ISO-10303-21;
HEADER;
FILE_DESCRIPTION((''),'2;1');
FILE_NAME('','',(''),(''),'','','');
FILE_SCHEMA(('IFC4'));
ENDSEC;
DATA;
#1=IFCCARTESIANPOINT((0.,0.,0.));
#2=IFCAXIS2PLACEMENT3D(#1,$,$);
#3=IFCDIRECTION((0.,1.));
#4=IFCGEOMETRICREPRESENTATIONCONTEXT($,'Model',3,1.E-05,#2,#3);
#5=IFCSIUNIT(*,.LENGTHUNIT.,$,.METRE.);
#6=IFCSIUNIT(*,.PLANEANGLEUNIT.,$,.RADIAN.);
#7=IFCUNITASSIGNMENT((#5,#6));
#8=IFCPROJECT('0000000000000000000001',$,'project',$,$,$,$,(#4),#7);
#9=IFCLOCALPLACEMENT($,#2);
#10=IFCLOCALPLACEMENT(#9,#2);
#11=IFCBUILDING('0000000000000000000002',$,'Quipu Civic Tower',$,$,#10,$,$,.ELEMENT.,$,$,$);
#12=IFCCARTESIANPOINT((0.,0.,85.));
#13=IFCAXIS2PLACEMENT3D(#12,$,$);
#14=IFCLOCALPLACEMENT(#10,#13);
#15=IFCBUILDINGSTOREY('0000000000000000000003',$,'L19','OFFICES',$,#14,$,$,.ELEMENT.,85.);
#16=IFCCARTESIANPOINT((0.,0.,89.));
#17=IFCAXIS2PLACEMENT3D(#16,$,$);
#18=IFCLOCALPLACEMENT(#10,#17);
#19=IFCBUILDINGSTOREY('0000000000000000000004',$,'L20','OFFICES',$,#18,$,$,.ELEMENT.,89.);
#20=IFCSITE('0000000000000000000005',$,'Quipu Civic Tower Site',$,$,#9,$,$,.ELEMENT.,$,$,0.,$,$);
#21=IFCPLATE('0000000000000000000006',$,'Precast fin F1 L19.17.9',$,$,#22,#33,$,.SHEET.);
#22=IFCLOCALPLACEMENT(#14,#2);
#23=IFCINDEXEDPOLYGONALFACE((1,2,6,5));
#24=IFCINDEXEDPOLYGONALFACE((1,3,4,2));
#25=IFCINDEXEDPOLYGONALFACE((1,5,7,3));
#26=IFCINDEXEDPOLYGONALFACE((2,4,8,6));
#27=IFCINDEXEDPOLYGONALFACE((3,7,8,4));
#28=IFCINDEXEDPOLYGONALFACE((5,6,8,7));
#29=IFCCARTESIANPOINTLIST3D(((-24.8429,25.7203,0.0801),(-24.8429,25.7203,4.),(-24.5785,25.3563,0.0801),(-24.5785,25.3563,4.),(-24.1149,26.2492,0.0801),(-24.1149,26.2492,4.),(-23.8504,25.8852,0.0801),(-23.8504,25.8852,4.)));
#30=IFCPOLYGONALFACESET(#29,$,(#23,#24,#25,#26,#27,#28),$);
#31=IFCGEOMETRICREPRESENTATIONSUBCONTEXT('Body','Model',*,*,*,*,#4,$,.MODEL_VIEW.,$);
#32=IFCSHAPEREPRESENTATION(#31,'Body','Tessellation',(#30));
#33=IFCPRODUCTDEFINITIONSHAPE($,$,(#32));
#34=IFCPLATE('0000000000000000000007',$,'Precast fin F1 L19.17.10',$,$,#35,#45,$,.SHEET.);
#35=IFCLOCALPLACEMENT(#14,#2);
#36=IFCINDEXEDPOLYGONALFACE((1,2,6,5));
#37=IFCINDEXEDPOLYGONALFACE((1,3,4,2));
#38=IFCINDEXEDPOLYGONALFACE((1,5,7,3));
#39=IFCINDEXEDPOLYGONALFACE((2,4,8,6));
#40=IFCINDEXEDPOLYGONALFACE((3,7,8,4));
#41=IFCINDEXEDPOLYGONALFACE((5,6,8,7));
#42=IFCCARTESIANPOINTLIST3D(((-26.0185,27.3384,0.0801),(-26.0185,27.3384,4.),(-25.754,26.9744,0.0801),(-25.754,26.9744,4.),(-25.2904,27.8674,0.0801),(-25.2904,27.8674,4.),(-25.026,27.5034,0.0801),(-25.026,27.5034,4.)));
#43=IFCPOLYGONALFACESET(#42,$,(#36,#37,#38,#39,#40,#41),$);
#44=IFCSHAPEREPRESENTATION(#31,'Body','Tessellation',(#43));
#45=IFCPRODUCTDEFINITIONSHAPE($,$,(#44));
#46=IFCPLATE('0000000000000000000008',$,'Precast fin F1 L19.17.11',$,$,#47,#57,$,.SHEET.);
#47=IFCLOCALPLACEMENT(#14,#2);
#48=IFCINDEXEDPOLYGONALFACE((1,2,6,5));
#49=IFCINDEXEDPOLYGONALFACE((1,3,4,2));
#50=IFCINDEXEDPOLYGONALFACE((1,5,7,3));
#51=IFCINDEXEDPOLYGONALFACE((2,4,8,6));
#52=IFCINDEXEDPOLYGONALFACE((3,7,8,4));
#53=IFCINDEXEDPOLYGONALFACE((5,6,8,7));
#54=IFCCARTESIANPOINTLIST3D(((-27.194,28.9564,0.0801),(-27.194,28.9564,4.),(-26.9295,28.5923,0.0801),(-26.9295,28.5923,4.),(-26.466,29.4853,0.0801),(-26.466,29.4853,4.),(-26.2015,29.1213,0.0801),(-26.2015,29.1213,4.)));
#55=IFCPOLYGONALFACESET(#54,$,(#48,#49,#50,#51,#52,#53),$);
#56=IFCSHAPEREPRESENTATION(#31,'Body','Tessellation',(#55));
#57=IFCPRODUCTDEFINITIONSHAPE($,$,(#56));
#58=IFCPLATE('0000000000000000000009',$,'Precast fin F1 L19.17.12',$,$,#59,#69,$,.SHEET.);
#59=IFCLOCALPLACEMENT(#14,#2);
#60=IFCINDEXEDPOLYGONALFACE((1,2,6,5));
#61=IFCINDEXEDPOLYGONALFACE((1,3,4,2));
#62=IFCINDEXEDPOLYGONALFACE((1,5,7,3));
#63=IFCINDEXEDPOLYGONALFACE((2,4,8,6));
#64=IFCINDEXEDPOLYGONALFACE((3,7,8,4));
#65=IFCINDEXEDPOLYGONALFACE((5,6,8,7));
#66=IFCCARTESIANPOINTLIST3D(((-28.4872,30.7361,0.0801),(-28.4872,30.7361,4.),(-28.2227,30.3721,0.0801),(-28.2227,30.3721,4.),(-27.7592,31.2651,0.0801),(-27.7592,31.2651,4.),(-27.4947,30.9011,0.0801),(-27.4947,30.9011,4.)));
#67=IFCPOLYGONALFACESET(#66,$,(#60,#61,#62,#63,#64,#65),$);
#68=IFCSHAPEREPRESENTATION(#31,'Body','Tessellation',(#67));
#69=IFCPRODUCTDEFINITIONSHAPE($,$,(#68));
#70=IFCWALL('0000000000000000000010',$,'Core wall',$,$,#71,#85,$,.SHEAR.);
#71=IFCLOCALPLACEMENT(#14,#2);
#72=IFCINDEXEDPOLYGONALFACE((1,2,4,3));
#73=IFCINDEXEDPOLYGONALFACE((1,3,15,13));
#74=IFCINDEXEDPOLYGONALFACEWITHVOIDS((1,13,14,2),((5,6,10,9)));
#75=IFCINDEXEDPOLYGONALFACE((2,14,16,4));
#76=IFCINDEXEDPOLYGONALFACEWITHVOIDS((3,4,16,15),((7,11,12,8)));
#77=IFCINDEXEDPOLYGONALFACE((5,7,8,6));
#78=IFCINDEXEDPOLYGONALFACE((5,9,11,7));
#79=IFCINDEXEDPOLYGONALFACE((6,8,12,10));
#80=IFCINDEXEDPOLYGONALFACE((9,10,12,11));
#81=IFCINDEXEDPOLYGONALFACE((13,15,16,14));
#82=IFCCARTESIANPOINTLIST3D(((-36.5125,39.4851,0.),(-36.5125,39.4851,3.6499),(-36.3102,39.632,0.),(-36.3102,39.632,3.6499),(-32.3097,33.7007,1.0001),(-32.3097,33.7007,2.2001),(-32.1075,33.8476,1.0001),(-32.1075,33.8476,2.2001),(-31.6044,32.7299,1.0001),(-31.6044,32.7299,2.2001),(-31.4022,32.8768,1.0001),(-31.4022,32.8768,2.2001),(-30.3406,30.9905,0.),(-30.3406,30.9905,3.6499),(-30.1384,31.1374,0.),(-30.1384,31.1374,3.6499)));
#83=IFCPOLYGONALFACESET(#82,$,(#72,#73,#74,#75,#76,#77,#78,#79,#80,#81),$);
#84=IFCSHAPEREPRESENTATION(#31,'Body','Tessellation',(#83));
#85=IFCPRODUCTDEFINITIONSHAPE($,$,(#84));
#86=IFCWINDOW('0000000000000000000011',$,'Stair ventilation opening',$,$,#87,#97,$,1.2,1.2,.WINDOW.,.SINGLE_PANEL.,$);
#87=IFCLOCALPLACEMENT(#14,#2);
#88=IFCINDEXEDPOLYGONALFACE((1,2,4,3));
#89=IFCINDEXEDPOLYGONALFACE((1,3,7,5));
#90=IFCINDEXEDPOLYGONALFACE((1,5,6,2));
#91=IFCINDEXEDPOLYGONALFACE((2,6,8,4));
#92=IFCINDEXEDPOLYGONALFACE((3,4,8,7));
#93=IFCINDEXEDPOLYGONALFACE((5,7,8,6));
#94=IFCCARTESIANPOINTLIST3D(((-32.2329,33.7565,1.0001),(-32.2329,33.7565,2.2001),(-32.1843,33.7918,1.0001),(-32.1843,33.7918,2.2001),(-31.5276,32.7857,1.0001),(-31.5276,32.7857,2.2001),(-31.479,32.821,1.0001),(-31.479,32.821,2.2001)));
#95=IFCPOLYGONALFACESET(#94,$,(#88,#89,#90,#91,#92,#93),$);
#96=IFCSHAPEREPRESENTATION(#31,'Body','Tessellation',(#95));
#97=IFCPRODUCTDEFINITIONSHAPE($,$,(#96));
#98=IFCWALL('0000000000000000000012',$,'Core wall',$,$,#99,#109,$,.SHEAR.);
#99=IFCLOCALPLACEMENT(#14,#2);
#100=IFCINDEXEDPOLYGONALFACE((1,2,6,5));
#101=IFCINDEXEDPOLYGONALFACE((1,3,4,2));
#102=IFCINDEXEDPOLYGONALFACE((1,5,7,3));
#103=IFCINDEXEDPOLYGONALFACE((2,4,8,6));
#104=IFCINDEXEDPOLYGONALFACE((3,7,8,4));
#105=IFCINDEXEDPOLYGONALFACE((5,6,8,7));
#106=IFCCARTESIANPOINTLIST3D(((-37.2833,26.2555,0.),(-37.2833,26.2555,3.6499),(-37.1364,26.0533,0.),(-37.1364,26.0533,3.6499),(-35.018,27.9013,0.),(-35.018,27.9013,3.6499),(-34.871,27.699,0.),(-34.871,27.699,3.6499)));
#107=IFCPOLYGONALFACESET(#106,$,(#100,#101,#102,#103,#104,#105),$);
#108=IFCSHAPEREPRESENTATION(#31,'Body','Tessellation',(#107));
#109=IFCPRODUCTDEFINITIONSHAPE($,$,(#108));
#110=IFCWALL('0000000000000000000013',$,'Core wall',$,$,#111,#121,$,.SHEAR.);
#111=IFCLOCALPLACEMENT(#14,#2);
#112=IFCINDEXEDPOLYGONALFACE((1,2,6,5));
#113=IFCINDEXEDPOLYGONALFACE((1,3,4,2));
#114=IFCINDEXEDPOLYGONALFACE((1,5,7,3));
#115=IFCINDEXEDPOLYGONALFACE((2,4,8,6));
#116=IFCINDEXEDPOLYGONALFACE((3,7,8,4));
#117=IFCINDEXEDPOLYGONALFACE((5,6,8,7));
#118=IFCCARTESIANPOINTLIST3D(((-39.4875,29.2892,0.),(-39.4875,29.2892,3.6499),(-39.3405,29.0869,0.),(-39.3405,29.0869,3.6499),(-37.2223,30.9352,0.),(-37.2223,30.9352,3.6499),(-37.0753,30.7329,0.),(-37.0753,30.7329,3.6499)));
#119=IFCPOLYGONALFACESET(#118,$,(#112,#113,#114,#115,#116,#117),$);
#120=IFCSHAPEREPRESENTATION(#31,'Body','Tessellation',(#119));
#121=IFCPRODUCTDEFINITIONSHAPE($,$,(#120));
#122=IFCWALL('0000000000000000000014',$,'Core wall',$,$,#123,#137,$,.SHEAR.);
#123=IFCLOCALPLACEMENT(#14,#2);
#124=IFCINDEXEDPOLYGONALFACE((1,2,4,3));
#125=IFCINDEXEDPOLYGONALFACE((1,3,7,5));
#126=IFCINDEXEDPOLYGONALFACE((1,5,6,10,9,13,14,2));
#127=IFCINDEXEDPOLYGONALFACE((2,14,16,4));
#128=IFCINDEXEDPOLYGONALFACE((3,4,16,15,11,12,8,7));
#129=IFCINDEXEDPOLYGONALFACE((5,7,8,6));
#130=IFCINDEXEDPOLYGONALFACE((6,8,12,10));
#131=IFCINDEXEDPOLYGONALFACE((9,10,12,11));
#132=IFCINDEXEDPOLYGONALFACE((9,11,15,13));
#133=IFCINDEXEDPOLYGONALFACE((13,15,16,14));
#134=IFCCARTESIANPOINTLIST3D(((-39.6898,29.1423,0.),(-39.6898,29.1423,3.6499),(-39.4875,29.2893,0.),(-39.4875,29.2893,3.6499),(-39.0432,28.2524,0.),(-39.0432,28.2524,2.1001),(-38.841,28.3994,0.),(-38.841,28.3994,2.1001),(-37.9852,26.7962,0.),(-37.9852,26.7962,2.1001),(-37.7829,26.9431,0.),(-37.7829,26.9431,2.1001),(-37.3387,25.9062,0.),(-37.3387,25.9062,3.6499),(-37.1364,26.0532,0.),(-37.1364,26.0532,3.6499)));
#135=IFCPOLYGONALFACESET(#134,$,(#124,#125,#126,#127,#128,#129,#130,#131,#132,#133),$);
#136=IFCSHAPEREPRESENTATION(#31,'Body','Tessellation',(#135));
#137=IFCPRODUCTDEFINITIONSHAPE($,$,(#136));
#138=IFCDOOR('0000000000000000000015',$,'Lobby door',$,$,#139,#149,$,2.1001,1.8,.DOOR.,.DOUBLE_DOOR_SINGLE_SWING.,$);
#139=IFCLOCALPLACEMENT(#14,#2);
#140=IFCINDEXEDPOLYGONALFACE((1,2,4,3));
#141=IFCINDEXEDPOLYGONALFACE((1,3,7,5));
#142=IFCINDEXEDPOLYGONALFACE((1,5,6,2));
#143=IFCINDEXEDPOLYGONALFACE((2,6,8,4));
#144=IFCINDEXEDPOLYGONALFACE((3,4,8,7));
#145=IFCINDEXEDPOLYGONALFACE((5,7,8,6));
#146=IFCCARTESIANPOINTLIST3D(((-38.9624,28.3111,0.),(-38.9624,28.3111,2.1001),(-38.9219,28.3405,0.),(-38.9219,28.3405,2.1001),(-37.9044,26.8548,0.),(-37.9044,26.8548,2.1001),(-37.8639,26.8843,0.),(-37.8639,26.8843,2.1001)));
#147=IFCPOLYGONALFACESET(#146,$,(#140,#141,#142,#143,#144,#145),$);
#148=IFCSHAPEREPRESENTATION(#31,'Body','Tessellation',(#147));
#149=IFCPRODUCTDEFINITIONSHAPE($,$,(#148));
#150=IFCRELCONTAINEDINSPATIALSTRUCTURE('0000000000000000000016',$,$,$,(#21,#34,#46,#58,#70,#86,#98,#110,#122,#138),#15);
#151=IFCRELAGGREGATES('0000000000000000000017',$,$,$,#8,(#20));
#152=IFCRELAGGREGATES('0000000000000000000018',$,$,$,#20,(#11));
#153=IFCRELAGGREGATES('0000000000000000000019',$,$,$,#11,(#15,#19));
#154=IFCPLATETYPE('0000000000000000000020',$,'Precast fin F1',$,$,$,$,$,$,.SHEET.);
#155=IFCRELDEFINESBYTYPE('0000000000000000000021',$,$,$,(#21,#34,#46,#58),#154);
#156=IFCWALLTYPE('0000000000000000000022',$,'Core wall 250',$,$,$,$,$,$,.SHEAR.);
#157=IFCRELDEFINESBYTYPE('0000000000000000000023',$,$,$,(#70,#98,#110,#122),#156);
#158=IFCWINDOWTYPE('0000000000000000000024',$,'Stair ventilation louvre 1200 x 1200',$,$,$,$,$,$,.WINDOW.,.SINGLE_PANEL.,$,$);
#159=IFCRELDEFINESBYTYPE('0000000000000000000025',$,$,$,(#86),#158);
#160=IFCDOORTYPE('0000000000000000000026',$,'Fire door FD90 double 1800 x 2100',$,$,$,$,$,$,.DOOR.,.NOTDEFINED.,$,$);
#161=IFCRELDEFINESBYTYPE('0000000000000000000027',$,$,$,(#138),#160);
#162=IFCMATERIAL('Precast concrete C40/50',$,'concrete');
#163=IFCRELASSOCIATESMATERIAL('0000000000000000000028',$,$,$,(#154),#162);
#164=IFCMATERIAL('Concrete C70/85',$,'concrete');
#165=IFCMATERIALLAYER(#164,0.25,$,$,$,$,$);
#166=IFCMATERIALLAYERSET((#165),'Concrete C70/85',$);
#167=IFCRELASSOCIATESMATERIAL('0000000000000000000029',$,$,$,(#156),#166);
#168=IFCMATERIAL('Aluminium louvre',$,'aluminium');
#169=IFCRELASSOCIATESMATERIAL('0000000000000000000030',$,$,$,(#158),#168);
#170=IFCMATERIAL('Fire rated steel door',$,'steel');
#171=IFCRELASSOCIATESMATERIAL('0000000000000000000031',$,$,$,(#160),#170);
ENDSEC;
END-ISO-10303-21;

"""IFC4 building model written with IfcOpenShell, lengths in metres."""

from ifc_helpers import new_model, si_unit, direction, frame, frame_2d, origin, origin_2d, place, context, subcontext, project, spatial, rectangle, extrude, material, layer, layer_set, type_object, element, fill, save


model = new_model("IFC4")

# Units and contexts
model_context = context("Model", 3, precision=1e-05, world=origin(), true_north=direction((0.0, 1.0)))
body_context = subcontext(model_context, "Body", "Model", "MODEL_VIEW")
ifc_project = project(units=[si_unit("LENGTHUNIT", "METRE"), si_unit("PLANEANGLEUNIT", "RADIAN")], contexts=[model_context])

# Site, building, storey
site_placement = place(None, origin())
site = spatial("IfcSite", under=ifc_project, at=site_placement, Name="Quipu Civic Tower Site", CompositionType="ELEMENT", RefElevation=0.0)
building_placement = place(site_placement, origin())
building = spatial("IfcBuilding", under=site, at=building_placement, Name="Quipu Civic Tower", CompositionType="ELEMENT")
storey_1_placement = place(building_placement, frame((0.0, 0.0, 85.0)))
storey_1 = spatial("IfcBuildingStorey", under=building, at=storey_1_placement, Name="L19", Description="OFFICES", CompositionType="ELEMENT", Elevation=85.0)

# Shared definitions
storey_2_placement = place(building_placement, frame((0.0, 0.0, 89.0)))
storey_2 = spatial("IfcBuildingStorey", under=building, at=storey_2_placement, Name="L20", Description="OFFICES", CompositionType="ELEMENT", Elevation=89.0)

# Plates
ifc_material_1 = material(Name="Precast concrete C40/50", Category="concrete")
plate_type_1 = type_object("IfcPlateType", Name="Precast fin F1", PredefinedType="SHEET", material=ifc_material_1)
for number, where, z_axis, x_axis, name in (
    (1, (-24.3467, 25.8027, 0.0801), (0.0, 0.0, 1.0), (-0.587785, 0.809017, 0.0), "Precast fin F1 L19.17.9"),
    (2, (-25.5222, 27.4209, 0.0801), (0.0, 0.0, 1.0), (-0.587785, 0.809017, 0.0), "Precast fin F1 L19.17.10"),
    (3, (-26.6978, 29.0388, 0.0801), (0.0, 0.0, 1.0), (-0.587785, 0.809017, 0.0), "Precast fin F1 L19.17.11"),
    (4, (-27.991, 30.8186, 0.0801), (0.0, 0.0, 1.0), (-0.587785, 0.809017, 0.0), "Precast fin F1 L19.17.12"),
):
    element("IfcPlate", number, at=place(storey_1_placement, frame(where, z_axis=z_axis, x_axis=x_axis)), inside=storey_1, type_object=plate_type_1, Name=name, PredefinedType="SHEET", context=body_context, shape_type="SweptSolid", body=[
        extrude(rectangle(XDim=0.45, YDim=0.8999, at=origin_2d()), origin(), (0.0, 0.0, 1.0), 3.9199),
    ])

# Wall, opening, window
ifc_material_2 = material(Name="Concrete C70/85", Category="concrete")
ifc_layer_1 = layer(ifc_material_2, 0.25)
ifc_layer_set_1 = layer_set([ifc_layer_1], Name="Concrete C70/85")
wall_type_1 = type_object("IfcWallType", Name="Core wall 250", PredefinedType="SHEAR", material=ifc_layer_set_1)
wall_1_placement = place(storey_1_placement, frame((-30.2395, 31.064, 0.0), z_axis=(0.0, 0.0, 1.0), x_axis=(-0.587796, 0.809009, 0.0)))
wall_1 = element("IfcWall", 5, at=wall_1_placement, inside=storey_1, type_object=wall_type_1, Name="Core wall", PredefinedType="SHEAR", context=body_context, shape_type="SweptSolid", body=[
    extrude(rectangle(XDim=10.5, YDim=0.25, at=frame_2d((5.25, 0.0))), origin(), (0.0, 0.0, 1.0), 3.6499),
])
opening_1_placement = place(wall_1_placement, frame((2.1499, 0.0, 1.0)))
opening_1 = element("IfcOpeningElement", 6, at=opening_1_placement, cuts=wall_1, PredefinedType="OPENING", context=body_context, shape_type="SweptSolid", body=[
    extrude(rectangle(XDim=1.2, YDim=1.2, at=frame_2d((0.6001, 0.6001))), frame((0.0, 0.135, 0.0), z_axis=(0.0, -1.0, 0.0), x_axis=(1.0, 0.0, 0.0)), (0.0, 0.0, 1.0), 0.27),
])
ifc_material_3 = material(Name="Aluminium louvre", Category="aluminium")
window_type = type_object("IfcWindowType", Name="Stair ventilation louvre 1200 x 1200", PartitioningType="SINGLE_PANEL", PredefinedType="WINDOW", material=ifc_material_3)
window_placement = place(opening_1_placement, origin())
window = element("IfcWindow", 7, at=window_placement, inside=storey_1, type_object=window_type, Name="Stair ventilation opening", OverallHeight=1.2, OverallWidth=1.2, PartitioningType="SINGLE_PANEL", PredefinedType="WINDOW", context=body_context, shape_type="SweptSolid", body=[
    extrude(rectangle(XDim=1.2, YDim=1.2, at=frame_2d((0.6001, 0.6001))), frame((0.0, 0.03, 0.0), z_axis=(0.0, -1.0, 0.0), x_axis=(1.0, 0.0, 0.0)), (0.0, 0.0, 1.0), 0.0601),
])
fill(opening_1, window)

# Walls
for number, where, z_axis, x_axis, name in (
    (8, (-34.9446, 27.8, 0.0), (0.0, 0.0, 1.0), (-0.809041, -0.587752, 0.0), "Core wall"),
    (9, (-37.1489, 30.834, 0.0), (0.0, 0.0, 1.0), (-0.80897, -0.58785, 0.0), "Core wall"),
):
    element("IfcWall", number, at=place(storey_1_placement, frame(where, z_axis=z_axis, x_axis=x_axis)), inside=storey_1, type_object=wall_type_1, Name=name, PredefinedType="SHEAR", context=body_context, shape_type="SweptSolid", body=[
        extrude(rectangle(XDim=2.8, YDim=0.25, at=frame_2d((1.3999, 0.0))), origin(), (0.0, 0.0, 1.0), 3.6499),
    ])

# Wall, opening, door
wall_2_placement = place(storey_1_placement, frame((-39.5886, 29.2158, 0.0), z_axis=(0.0, 0.0, 1.0), x_axis=(0.587772, -0.809026, 0.0)))
wall_2 = element("IfcWall", 10, at=wall_2_placement, inside=storey_1, type_object=wall_type_1, Name="Core wall", PredefinedType="SHEAR", context=body_context, shape_type="SweptSolid", body=[
    extrude(rectangle(XDim=4.0, YDim=0.25, at=frame_2d((2.0, 0.0))), origin(), (0.0, 0.0, 1.0), 3.6499),
])
opening_2_placement = place(wall_2_placement, frame((1.1001, 0.0, 0.0)))
opening_2 = element("IfcOpeningElement", 11, at=opening_2_placement, cuts=wall_2, PredefinedType="OPENING", context=body_context, shape_type="SweptSolid", body=[
    extrude(rectangle(XDim=1.8, YDim=2.1001, at=frame_2d((0.8999, 1.05))), frame((0.0, 0.135, 0.0), z_axis=(0.0, -1.0, 0.0), x_axis=(1.0, 0.0, 0.0)), (0.0, 0.0, 1.0), 0.27),
])
ifc_material_4 = material(Name="Fire rated steel door", Category="steel")
door_type_1 = type_object("IfcDoorType", Name="Fire door FD90 double 1800 x 2100", OperationType="NOTDEFINED", PredefinedType="DOOR", material=ifc_material_4)
door_1_placement = place(opening_2_placement, origin())
door_1 = element("IfcDoor", 12, at=door_1_placement, inside=storey_1, type_object=door_type_1, Name="Lobby door", OperationType="DOUBLE_DOOR_SINGLE_SWING", OverallHeight=2.1001, OverallWidth=1.8, PredefinedType="DOOR", context=body_context, shape_type="SweptSolid", body=[
    extrude(rectangle(XDim=1.8, YDim=2.1001, at=frame_2d((0.8999, 1.05))), frame((0.0, 0.0249, 0.0), z_axis=(0.0, -1.0, 0.0), x_axis=(1.0, 0.0, 0.0)), (0.0, 0.0, 1.0), 0.05),
])
fill(opening_2, door_1)

save(model, "model.ifc")
